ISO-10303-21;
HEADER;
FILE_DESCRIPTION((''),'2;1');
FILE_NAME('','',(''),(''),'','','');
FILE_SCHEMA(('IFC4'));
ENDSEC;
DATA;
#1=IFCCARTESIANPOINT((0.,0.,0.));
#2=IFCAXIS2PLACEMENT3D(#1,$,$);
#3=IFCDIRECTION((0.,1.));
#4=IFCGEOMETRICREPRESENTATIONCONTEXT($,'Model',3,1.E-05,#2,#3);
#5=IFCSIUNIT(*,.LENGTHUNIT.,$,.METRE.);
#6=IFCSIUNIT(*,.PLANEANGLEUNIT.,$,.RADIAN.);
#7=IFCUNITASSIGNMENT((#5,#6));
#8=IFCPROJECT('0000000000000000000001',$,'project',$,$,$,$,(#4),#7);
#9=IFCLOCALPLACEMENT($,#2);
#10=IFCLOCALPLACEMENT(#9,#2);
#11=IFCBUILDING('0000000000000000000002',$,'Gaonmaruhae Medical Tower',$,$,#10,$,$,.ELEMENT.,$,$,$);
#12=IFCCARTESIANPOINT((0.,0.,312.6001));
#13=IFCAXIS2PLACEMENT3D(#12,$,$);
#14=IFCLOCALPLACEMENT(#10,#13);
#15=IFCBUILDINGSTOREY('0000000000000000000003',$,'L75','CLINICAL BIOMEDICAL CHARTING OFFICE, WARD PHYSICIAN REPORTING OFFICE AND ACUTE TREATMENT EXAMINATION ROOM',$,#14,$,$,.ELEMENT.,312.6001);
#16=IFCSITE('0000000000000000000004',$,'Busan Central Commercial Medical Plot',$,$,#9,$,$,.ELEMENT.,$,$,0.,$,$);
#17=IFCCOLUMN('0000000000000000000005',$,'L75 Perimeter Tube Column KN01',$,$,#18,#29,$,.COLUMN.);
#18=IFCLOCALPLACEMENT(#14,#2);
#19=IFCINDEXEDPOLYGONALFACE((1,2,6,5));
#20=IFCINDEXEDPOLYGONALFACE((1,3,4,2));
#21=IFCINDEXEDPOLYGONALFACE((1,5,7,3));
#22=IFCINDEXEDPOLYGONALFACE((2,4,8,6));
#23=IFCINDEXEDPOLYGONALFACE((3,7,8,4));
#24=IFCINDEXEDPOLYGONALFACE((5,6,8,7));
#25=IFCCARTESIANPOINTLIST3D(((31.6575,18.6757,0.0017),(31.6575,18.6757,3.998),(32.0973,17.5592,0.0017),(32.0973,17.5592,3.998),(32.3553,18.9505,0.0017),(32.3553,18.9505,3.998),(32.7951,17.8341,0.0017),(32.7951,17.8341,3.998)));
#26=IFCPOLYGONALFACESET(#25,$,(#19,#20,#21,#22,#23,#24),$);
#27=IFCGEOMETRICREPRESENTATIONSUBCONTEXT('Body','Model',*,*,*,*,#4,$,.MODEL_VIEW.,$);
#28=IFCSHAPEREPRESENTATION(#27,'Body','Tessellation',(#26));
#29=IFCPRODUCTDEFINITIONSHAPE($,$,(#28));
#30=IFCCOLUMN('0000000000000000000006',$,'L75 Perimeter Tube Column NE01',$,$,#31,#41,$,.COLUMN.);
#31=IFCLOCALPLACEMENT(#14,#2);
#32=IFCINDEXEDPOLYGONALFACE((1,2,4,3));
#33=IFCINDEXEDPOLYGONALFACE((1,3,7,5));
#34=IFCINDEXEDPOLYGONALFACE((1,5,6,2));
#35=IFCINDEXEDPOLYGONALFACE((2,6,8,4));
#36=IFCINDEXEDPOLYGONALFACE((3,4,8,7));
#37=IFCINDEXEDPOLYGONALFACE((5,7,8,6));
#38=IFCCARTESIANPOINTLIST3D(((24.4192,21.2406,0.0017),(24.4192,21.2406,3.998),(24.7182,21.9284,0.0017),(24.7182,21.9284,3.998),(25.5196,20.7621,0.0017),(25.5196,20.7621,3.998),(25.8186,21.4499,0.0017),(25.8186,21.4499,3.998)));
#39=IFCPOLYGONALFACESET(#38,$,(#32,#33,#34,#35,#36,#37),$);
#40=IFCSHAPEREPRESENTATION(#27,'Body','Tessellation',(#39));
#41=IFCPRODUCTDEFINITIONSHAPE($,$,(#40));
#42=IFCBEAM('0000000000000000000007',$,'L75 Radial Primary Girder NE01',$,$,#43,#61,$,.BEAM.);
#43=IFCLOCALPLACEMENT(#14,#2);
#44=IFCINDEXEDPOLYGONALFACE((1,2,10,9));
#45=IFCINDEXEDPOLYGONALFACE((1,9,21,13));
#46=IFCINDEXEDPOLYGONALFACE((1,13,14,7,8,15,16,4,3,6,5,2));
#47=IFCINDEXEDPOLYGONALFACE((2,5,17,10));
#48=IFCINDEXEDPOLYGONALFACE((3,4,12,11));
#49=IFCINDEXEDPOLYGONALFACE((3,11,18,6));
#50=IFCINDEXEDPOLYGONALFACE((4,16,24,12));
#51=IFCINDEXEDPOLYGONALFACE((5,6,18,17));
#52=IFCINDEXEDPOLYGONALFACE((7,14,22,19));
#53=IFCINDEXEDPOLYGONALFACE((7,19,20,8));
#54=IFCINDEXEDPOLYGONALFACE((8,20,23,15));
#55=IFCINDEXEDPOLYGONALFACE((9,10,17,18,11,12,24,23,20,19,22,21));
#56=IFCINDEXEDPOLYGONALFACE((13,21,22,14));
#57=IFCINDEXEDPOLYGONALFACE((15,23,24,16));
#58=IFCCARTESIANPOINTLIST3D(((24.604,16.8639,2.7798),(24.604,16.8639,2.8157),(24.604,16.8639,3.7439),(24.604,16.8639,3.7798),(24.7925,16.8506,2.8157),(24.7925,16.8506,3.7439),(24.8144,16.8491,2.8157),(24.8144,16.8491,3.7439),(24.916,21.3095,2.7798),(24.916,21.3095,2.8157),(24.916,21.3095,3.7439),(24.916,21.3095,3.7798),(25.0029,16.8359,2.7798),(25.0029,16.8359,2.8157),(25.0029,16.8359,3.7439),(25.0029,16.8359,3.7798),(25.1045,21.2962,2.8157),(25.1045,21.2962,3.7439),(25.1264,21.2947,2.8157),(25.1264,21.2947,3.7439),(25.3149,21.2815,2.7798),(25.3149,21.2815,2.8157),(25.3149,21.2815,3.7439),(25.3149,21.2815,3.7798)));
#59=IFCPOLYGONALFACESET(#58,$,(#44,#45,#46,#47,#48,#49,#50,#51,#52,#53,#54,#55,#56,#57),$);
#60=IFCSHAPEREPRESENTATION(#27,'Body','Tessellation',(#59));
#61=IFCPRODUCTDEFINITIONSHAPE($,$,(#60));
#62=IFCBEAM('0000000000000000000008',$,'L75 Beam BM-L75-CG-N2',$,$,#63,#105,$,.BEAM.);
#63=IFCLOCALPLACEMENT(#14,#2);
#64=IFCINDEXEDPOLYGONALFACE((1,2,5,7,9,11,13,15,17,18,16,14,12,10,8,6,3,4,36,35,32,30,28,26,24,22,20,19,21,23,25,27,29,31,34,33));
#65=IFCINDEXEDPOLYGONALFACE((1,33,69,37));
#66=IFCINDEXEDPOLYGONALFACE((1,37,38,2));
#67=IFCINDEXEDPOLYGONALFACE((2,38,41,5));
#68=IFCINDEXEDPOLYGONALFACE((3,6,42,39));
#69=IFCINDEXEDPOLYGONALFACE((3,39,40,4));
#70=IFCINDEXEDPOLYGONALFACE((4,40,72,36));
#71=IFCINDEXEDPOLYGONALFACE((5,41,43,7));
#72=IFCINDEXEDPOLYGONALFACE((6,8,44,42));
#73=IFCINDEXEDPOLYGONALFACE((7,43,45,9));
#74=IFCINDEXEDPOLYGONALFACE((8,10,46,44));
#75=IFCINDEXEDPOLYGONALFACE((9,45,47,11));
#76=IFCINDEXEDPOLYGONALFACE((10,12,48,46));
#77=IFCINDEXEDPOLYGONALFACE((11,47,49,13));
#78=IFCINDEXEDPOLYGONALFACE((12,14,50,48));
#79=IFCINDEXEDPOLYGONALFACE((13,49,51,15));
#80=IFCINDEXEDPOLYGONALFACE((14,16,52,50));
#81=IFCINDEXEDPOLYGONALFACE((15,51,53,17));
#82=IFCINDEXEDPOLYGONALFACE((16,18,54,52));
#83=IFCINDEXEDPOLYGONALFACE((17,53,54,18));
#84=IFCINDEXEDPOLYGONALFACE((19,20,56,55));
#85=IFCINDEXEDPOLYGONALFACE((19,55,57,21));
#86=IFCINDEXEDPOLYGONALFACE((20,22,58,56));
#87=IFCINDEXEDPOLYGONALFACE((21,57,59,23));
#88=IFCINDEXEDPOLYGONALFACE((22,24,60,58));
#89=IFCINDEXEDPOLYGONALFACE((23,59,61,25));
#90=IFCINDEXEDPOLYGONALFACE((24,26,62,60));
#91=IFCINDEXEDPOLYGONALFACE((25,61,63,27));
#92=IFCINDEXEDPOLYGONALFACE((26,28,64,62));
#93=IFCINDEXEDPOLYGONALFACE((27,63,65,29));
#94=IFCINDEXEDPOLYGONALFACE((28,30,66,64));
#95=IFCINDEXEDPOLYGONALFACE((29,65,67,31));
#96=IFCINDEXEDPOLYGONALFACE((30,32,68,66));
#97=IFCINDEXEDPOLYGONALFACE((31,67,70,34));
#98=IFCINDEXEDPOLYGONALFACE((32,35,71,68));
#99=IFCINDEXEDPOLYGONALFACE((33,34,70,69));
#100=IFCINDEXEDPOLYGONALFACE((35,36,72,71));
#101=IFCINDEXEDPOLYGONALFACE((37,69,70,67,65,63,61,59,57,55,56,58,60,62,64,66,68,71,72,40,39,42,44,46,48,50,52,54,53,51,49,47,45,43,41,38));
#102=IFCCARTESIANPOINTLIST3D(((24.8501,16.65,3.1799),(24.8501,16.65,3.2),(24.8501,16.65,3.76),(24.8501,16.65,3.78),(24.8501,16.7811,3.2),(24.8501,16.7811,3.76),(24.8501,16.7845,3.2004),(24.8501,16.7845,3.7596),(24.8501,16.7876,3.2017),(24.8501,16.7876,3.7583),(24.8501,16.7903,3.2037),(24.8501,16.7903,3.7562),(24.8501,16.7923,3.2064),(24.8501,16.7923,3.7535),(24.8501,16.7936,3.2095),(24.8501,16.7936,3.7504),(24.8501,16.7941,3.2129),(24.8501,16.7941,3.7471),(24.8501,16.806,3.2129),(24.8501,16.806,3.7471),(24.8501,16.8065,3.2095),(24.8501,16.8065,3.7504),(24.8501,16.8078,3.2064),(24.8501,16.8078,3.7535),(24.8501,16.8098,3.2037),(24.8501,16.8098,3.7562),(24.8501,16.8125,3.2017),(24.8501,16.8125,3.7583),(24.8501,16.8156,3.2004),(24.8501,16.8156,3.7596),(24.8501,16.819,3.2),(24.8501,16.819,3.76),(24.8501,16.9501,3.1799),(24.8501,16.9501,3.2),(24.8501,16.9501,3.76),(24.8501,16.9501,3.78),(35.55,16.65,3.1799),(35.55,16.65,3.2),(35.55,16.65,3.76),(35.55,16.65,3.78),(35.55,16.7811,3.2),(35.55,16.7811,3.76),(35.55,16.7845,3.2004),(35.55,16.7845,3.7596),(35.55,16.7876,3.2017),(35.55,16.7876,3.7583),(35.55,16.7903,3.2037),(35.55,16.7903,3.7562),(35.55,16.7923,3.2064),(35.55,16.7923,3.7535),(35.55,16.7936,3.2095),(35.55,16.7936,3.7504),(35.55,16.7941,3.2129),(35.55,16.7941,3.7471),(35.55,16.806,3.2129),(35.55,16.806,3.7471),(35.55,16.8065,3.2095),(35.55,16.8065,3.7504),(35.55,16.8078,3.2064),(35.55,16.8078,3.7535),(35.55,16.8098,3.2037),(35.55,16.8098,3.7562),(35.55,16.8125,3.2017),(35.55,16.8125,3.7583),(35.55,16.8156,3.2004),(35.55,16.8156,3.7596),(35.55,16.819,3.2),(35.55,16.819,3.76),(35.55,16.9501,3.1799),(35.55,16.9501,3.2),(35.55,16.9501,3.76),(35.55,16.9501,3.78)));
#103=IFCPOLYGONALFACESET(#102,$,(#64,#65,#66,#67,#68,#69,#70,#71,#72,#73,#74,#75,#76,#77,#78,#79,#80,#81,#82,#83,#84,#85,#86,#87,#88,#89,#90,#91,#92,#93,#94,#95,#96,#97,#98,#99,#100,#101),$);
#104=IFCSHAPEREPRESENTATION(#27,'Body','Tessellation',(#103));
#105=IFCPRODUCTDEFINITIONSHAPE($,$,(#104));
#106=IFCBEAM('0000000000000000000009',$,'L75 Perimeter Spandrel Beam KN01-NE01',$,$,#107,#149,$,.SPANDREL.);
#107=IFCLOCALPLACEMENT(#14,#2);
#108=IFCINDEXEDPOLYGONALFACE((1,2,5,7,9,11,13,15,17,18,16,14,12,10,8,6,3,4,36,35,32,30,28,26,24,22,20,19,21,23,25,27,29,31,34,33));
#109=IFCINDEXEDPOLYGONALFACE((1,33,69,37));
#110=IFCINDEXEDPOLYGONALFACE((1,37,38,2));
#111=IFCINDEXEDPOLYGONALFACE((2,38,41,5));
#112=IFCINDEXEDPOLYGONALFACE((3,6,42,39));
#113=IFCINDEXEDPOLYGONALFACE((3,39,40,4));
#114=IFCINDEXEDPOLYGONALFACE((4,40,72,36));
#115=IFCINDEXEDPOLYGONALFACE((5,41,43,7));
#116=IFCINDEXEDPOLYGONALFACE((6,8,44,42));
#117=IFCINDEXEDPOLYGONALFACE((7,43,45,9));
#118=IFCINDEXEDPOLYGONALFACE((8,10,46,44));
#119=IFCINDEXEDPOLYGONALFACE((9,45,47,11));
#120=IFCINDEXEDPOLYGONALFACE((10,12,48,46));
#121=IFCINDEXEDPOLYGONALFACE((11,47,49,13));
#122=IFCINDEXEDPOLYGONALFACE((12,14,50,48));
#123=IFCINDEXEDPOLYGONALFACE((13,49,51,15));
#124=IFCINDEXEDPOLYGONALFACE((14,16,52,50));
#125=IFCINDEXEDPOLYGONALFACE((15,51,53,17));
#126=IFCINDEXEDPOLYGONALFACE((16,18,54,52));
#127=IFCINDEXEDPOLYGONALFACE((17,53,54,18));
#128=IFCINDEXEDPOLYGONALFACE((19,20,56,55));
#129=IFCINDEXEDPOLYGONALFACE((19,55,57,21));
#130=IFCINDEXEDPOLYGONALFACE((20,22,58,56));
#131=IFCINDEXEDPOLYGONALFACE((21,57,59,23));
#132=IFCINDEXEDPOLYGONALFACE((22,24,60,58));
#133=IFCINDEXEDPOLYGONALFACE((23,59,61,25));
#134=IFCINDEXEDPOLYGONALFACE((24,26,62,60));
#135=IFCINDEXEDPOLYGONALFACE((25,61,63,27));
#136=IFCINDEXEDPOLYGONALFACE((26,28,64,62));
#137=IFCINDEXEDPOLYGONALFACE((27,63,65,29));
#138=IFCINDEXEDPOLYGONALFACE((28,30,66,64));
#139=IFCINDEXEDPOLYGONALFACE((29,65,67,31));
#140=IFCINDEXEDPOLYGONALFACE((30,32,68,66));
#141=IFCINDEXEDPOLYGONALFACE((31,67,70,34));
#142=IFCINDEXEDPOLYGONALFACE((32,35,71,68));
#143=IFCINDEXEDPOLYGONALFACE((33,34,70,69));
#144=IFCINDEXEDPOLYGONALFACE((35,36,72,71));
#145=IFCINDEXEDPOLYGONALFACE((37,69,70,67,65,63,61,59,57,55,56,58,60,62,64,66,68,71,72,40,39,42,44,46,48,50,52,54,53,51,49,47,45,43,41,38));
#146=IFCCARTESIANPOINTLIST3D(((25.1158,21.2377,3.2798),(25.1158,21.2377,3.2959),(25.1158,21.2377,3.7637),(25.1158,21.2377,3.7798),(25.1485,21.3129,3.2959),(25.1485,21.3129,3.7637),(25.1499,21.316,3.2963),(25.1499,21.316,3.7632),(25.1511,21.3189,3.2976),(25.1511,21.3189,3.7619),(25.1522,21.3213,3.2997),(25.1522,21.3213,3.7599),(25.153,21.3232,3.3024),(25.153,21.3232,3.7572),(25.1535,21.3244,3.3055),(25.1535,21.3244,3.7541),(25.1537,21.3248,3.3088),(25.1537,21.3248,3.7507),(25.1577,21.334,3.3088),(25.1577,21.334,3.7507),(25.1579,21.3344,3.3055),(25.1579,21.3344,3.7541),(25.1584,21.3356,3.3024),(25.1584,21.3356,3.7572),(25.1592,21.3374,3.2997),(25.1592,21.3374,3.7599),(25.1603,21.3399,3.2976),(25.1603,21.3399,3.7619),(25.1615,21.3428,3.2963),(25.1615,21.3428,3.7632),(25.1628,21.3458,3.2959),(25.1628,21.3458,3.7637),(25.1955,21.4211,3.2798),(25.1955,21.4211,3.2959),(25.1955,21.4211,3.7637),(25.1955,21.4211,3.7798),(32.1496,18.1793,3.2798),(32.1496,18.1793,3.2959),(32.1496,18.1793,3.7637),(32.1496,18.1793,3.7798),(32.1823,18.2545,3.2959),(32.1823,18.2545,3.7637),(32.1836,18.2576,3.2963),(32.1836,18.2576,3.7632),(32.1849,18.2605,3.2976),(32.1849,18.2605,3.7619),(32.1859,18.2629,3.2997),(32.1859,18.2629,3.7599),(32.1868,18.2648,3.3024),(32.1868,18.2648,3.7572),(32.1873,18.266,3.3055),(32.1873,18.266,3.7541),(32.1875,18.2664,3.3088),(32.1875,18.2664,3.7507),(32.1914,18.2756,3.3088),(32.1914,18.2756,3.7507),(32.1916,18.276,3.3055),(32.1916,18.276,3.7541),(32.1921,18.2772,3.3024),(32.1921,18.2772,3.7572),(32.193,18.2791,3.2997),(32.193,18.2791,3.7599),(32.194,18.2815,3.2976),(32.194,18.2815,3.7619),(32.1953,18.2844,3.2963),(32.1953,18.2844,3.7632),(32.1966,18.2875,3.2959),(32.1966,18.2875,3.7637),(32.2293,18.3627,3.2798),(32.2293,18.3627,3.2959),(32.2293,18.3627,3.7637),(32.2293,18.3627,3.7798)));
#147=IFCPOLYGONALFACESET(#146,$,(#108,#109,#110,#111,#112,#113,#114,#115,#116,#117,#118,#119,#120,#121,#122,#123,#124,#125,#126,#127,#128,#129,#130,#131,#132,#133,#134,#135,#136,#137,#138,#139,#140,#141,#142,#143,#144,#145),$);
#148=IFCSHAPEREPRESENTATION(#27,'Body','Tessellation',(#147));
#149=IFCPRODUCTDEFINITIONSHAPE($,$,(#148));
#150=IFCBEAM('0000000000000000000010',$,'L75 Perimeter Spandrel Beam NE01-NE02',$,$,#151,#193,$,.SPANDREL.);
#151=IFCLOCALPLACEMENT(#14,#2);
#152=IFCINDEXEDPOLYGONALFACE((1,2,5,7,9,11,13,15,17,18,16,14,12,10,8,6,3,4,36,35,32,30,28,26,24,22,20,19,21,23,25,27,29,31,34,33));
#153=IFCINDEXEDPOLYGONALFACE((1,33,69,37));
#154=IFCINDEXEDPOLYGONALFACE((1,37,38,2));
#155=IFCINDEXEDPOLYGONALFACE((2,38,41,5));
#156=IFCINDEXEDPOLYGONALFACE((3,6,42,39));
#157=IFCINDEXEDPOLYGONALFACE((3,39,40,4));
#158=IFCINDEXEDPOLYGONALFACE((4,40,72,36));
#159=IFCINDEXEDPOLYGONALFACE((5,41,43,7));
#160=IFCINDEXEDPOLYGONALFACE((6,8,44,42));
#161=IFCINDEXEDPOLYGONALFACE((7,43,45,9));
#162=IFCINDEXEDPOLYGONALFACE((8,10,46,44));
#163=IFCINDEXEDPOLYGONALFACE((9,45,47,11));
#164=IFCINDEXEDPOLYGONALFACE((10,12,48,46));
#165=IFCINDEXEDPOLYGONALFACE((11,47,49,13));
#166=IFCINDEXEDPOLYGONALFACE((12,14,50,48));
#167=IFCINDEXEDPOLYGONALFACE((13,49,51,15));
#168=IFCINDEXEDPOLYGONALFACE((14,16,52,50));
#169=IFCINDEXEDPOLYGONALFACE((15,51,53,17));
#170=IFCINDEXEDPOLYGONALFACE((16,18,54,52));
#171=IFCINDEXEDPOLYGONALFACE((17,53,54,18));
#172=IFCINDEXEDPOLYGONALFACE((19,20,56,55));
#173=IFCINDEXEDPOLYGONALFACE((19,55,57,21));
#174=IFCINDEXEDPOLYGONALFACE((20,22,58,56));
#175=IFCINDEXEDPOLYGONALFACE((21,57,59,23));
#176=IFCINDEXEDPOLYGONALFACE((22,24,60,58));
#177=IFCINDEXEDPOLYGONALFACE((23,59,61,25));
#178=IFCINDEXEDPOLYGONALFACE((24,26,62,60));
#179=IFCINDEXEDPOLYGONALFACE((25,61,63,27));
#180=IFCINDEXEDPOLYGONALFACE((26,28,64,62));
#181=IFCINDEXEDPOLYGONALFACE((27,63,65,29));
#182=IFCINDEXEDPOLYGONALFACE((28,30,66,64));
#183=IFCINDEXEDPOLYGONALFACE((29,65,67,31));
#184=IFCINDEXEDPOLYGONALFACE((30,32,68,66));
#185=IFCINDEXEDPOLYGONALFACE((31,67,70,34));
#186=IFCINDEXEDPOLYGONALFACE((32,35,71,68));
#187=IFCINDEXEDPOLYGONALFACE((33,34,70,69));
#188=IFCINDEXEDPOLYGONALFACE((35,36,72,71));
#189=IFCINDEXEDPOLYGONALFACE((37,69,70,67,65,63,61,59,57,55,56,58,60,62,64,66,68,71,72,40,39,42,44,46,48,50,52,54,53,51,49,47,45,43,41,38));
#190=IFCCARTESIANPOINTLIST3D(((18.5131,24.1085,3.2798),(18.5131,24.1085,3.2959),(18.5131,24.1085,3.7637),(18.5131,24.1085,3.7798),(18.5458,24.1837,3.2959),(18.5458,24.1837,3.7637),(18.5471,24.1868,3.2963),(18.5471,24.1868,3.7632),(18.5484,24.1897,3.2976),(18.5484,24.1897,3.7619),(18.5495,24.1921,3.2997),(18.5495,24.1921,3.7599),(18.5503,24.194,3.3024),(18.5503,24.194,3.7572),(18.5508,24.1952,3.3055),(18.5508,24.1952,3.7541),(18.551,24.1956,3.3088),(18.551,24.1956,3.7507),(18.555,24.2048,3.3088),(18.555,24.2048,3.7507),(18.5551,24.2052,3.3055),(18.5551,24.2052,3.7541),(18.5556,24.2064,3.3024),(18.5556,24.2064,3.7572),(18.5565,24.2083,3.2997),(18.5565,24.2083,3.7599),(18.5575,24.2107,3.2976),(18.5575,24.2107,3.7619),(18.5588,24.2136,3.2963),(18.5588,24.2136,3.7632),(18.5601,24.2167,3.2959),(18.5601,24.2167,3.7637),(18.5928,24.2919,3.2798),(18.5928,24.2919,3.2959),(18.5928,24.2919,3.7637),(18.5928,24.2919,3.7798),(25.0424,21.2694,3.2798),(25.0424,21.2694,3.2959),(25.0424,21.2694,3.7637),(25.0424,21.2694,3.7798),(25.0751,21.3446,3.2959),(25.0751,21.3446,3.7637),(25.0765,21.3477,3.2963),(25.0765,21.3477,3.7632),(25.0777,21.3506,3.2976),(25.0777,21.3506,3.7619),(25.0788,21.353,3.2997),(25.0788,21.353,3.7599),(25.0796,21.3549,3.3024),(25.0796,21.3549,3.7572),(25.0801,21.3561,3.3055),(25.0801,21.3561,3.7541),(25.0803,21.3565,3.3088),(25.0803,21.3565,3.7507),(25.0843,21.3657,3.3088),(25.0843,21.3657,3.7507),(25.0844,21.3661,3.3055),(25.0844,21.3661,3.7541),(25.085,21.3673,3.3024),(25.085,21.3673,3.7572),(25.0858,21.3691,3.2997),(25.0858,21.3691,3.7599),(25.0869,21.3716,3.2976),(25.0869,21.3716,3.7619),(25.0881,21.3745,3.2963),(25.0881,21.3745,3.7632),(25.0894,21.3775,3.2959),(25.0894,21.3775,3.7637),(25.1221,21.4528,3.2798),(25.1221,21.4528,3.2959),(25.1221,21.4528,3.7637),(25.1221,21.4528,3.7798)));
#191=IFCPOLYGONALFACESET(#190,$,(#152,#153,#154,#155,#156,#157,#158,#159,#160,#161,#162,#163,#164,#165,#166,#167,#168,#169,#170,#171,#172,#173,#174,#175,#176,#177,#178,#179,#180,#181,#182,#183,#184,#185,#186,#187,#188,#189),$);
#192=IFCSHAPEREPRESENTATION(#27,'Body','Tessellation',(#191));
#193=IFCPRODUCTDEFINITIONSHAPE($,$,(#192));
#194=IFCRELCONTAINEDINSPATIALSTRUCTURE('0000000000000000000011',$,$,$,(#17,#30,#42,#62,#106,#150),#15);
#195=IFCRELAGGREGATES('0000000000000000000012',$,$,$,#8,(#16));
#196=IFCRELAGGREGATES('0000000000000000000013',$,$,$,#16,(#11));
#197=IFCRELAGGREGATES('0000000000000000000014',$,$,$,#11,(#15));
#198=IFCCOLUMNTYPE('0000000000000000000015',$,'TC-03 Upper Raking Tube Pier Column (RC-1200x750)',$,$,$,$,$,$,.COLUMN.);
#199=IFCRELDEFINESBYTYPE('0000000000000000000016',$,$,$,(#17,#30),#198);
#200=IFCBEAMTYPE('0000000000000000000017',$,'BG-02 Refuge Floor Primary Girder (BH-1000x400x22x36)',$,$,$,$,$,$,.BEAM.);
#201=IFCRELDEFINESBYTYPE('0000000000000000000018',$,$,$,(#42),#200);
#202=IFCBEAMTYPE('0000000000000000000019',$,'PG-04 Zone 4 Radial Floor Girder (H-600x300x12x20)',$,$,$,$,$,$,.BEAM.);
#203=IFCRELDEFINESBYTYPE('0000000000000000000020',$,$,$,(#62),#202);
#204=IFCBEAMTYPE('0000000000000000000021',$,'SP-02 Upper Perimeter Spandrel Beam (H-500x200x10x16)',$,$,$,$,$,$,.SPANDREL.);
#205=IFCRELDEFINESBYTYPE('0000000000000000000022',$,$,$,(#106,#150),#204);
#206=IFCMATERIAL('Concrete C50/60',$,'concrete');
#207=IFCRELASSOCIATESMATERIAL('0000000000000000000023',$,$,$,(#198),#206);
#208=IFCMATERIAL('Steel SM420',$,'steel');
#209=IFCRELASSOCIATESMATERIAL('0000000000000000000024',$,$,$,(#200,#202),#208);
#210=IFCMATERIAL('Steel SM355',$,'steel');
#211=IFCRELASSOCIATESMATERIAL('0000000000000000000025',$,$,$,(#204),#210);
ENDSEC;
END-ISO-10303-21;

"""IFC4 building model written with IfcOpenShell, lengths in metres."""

from ifc_helpers import new_model, si_unit, direction, frame, origin, origin_2d, place, context, subcontext, project, spatial, rectangle, i_section, extrude, material, material_profile, profile_set, type_object, element, save


model = new_model("IFC4")

# Units and contexts
model_context = context("Model", 3, precision=1e-05, world=origin(), true_north=direction((0.0, 1.0)))
body_context = subcontext(model_context, "Body", "Model", "MODEL_VIEW")
ifc_project = project(units=[si_unit("LENGTHUNIT", "METRE"), si_unit("PLANEANGLEUNIT", "RADIAN")], contexts=[model_context])

# Site, building, storey
site_placement = place(None, origin())
site = spatial("IfcSite", under=ifc_project, at=site_placement, Name="Busan Central Commercial Medical Plot", CompositionType="ELEMENT", RefElevation=0.0)
building_placement = place(site_placement, origin())
building = spatial("IfcBuilding", under=site, at=building_placement, Name="Gaonmaruhae Medical Tower", CompositionType="ELEMENT")
storey_placement = place(building_placement, frame((0.0, 0.0, 312.6001)))
storey = spatial("IfcBuildingStorey", under=building, at=storey_placement, Name="L75", Description="CLINICAL BIOMEDICAL CHARTING OFFICE, WARD PHYSICIAN REPORTING OFFICE AND ACUTE TREATMENT EXAMINATION ROOM", CompositionType="ELEMENT", Elevation=312.6001)

# Columns
ifc_material_1 = material(Name="Concrete C50/60", Category="concrete")
ifc_material_profile_1 = material_profile(ifc_material_1, rectangle(XDim=1.2, YDim=0.75, at=origin_2d()), Name="RC-1200x750")
ifc_profile_set_1 = profile_set([ifc_material_profile_1], Name="Concrete C50/60")
column_type = type_object("IfcColumnType", Name="TC-03 Upper Raking Tube Pier Column (RC-1200x750)", PredefinedType="COLUMN", material=ifc_profile_set_1)
for number, where, z_axis, x_axis, name in (
    (1, (32.2263, 18.2549, 0.0017), (0.0, 0.0, 1.0), (-0.366501, 0.930418, 0.0), "L75 Perimeter Tube Column KN01"),
    (2, (25.1189, 21.3452, 0.0017), (0.0, 0.0, 1.0), (-0.91706, 0.398749, 0.0), "L75 Perimeter Tube Column NE01"),
):
    element("IfcColumn", number, at=place(storey_placement, frame(where, z_axis=z_axis, x_axis=x_axis)), inside=storey, type_object=column_type, Name=name, PredefinedType="COLUMN", context=body_context, shape_type="SweptSolid", body=[
        extrude(rectangle(XDim=1.2, YDim=0.75, at=origin_2d()), origin(), (0.0, 0.0, 1.0), 3.9963),
    ])

# Beams
ifc_material_2 = material(Name="Steel SM420", Category="steel")
ifc_material_profile_2 = material_profile(ifc_material_2, i_section(OverallWidth=0.3999, OverallDepth=1.0, WebThickness=0.022, FlangeThickness=0.0359, at=origin_2d()), Name="BH-1000x400x22x36")
ifc_profile_set_2 = profile_set([ifc_material_profile_2], Name="Steel SM420")
beam_type_1 = type_object("IfcBeamType", Name="BG-02 Refuge Floor Primary Girder (BH-1000x400x22x36)", PredefinedType="BEAM", material=ifc_profile_set_2)
beam_1_placement = place(storey_placement, frame((24.8035, 16.8499, 3.2798), z_axis=(0.070013, 0.997546, 0.0), x_axis=(-0.997546, 0.070013, 0.0)))
element("IfcBeam", 3, at=beam_1_placement, inside=storey, type_object=beam_type_1, Name="L75 Radial Primary Girder NE01", PredefinedType="BEAM", context=body_context, shape_type="SweptSolid", body=[
    extrude(i_section(OverallWidth=0.3999, OverallDepth=1.0, WebThickness=0.022, FlangeThickness=0.0359, at=origin_2d()), origin(), (0.0, 0.0, 1.0), 4.4565),
])
ifc_material_profile_3 = material_profile(ifc_material_2, i_section(OverallWidth=0.3, OverallDepth=0.6001, WebThickness=0.012, FlangeThickness=0.02, FilletRadius=0.0129, at=origin_2d()), Name="H-600x300x12x20")
ifc_profile_set_3 = profile_set([ifc_material_profile_3], Name="Steel SM420")
beam_type_2 = type_object("IfcBeamType", Name="PG-04 Zone 4 Radial Floor Girder (H-600x300x12x20)", PredefinedType="BEAM", material=ifc_profile_set_3)
beam_2_placement = place(storey_placement, frame((24.8501, 16.8, 3.48), z_axis=(1.0, 0.0, 0.0), x_axis=(0.0, 1.0, 0.0)))
element("IfcBeam", 4, at=beam_2_placement, inside=storey, type_object=beam_type_2, Name="L75 Beam BM-L75-CG-N2", PredefinedType="BEAM", context=body_context, shape_type="SweptSolid", body=[
    extrude(i_section(OverallWidth=0.3, OverallDepth=0.6001, WebThickness=0.012, FlangeThickness=0.02, FilletRadius=0.0129, at=origin_2d()), origin(), (0.0, 0.0, 1.0), 10.7),
])
ifc_material_3 = material(Name="Steel SM355", Category="steel")
ifc_material_profile_4 = material_profile(ifc_material_3, i_section(OverallWidth=0.2, OverallDepth=0.5, WebThickness=0.01, FlangeThickness=0.0161, FilletRadius=0.0129, at=origin_2d()), Name="H-500x200x10x16")
ifc_profile_set_4 = profile_set([ifc_material_profile_4], Name="Steel SM355")
beam_type_3 = type_object("IfcBeamType", Name="SP-02 Upper Perimeter Spandrel Beam (H-500x200x10x16)", PredefinedType="SPANDREL", material=ifc_profile_set_4)
beam_3_placement = place(storey_placement, frame((32.1895, 18.271, 3.5298), z_axis=(-0.917059, 0.398751, 0.0), x_axis=(-0.398751, -0.917059, 0.0)))
element("IfcBeam", 5, at=beam_3_placement, inside=storey, type_object=beam_type_3, Name="L75 Perimeter Spandrel Beam KN01-NE01", PredefinedType="SPANDREL", context=body_context, shape_type="SweptSolid", body=[
    extrude(i_section(OverallWidth=0.2, OverallDepth=0.5, WebThickness=0.01, FlangeThickness=0.0161, FilletRadius=0.0129, at=origin_2d()), origin(), (0.0, 0.0, 1.0), 7.6699),
])
beam_4_placement = place(storey_placement, frame((25.0823, 21.3611, 3.5298), z_axis=(-0.917055, 0.39876, 0.0), x_axis=(-0.39876, -0.917055, 0.0)))
element("IfcBeam", 6, at=beam_4_placement, inside=storey, type_object=beam_type_3, Name="L75 Perimeter Spandrel Beam NE01-NE02", PredefinedType="SPANDREL", context=body_context, shape_type="SweptSolid", body=[
    extrude(i_section(OverallWidth=0.2, OverallDepth=0.5, WebThickness=0.01, FlangeThickness=0.0161, FilletRadius=0.0129, at=origin_2d()), origin(), (0.0, 0.0, 1.0), 7.1199),
])

save(model, "model.ifc")
